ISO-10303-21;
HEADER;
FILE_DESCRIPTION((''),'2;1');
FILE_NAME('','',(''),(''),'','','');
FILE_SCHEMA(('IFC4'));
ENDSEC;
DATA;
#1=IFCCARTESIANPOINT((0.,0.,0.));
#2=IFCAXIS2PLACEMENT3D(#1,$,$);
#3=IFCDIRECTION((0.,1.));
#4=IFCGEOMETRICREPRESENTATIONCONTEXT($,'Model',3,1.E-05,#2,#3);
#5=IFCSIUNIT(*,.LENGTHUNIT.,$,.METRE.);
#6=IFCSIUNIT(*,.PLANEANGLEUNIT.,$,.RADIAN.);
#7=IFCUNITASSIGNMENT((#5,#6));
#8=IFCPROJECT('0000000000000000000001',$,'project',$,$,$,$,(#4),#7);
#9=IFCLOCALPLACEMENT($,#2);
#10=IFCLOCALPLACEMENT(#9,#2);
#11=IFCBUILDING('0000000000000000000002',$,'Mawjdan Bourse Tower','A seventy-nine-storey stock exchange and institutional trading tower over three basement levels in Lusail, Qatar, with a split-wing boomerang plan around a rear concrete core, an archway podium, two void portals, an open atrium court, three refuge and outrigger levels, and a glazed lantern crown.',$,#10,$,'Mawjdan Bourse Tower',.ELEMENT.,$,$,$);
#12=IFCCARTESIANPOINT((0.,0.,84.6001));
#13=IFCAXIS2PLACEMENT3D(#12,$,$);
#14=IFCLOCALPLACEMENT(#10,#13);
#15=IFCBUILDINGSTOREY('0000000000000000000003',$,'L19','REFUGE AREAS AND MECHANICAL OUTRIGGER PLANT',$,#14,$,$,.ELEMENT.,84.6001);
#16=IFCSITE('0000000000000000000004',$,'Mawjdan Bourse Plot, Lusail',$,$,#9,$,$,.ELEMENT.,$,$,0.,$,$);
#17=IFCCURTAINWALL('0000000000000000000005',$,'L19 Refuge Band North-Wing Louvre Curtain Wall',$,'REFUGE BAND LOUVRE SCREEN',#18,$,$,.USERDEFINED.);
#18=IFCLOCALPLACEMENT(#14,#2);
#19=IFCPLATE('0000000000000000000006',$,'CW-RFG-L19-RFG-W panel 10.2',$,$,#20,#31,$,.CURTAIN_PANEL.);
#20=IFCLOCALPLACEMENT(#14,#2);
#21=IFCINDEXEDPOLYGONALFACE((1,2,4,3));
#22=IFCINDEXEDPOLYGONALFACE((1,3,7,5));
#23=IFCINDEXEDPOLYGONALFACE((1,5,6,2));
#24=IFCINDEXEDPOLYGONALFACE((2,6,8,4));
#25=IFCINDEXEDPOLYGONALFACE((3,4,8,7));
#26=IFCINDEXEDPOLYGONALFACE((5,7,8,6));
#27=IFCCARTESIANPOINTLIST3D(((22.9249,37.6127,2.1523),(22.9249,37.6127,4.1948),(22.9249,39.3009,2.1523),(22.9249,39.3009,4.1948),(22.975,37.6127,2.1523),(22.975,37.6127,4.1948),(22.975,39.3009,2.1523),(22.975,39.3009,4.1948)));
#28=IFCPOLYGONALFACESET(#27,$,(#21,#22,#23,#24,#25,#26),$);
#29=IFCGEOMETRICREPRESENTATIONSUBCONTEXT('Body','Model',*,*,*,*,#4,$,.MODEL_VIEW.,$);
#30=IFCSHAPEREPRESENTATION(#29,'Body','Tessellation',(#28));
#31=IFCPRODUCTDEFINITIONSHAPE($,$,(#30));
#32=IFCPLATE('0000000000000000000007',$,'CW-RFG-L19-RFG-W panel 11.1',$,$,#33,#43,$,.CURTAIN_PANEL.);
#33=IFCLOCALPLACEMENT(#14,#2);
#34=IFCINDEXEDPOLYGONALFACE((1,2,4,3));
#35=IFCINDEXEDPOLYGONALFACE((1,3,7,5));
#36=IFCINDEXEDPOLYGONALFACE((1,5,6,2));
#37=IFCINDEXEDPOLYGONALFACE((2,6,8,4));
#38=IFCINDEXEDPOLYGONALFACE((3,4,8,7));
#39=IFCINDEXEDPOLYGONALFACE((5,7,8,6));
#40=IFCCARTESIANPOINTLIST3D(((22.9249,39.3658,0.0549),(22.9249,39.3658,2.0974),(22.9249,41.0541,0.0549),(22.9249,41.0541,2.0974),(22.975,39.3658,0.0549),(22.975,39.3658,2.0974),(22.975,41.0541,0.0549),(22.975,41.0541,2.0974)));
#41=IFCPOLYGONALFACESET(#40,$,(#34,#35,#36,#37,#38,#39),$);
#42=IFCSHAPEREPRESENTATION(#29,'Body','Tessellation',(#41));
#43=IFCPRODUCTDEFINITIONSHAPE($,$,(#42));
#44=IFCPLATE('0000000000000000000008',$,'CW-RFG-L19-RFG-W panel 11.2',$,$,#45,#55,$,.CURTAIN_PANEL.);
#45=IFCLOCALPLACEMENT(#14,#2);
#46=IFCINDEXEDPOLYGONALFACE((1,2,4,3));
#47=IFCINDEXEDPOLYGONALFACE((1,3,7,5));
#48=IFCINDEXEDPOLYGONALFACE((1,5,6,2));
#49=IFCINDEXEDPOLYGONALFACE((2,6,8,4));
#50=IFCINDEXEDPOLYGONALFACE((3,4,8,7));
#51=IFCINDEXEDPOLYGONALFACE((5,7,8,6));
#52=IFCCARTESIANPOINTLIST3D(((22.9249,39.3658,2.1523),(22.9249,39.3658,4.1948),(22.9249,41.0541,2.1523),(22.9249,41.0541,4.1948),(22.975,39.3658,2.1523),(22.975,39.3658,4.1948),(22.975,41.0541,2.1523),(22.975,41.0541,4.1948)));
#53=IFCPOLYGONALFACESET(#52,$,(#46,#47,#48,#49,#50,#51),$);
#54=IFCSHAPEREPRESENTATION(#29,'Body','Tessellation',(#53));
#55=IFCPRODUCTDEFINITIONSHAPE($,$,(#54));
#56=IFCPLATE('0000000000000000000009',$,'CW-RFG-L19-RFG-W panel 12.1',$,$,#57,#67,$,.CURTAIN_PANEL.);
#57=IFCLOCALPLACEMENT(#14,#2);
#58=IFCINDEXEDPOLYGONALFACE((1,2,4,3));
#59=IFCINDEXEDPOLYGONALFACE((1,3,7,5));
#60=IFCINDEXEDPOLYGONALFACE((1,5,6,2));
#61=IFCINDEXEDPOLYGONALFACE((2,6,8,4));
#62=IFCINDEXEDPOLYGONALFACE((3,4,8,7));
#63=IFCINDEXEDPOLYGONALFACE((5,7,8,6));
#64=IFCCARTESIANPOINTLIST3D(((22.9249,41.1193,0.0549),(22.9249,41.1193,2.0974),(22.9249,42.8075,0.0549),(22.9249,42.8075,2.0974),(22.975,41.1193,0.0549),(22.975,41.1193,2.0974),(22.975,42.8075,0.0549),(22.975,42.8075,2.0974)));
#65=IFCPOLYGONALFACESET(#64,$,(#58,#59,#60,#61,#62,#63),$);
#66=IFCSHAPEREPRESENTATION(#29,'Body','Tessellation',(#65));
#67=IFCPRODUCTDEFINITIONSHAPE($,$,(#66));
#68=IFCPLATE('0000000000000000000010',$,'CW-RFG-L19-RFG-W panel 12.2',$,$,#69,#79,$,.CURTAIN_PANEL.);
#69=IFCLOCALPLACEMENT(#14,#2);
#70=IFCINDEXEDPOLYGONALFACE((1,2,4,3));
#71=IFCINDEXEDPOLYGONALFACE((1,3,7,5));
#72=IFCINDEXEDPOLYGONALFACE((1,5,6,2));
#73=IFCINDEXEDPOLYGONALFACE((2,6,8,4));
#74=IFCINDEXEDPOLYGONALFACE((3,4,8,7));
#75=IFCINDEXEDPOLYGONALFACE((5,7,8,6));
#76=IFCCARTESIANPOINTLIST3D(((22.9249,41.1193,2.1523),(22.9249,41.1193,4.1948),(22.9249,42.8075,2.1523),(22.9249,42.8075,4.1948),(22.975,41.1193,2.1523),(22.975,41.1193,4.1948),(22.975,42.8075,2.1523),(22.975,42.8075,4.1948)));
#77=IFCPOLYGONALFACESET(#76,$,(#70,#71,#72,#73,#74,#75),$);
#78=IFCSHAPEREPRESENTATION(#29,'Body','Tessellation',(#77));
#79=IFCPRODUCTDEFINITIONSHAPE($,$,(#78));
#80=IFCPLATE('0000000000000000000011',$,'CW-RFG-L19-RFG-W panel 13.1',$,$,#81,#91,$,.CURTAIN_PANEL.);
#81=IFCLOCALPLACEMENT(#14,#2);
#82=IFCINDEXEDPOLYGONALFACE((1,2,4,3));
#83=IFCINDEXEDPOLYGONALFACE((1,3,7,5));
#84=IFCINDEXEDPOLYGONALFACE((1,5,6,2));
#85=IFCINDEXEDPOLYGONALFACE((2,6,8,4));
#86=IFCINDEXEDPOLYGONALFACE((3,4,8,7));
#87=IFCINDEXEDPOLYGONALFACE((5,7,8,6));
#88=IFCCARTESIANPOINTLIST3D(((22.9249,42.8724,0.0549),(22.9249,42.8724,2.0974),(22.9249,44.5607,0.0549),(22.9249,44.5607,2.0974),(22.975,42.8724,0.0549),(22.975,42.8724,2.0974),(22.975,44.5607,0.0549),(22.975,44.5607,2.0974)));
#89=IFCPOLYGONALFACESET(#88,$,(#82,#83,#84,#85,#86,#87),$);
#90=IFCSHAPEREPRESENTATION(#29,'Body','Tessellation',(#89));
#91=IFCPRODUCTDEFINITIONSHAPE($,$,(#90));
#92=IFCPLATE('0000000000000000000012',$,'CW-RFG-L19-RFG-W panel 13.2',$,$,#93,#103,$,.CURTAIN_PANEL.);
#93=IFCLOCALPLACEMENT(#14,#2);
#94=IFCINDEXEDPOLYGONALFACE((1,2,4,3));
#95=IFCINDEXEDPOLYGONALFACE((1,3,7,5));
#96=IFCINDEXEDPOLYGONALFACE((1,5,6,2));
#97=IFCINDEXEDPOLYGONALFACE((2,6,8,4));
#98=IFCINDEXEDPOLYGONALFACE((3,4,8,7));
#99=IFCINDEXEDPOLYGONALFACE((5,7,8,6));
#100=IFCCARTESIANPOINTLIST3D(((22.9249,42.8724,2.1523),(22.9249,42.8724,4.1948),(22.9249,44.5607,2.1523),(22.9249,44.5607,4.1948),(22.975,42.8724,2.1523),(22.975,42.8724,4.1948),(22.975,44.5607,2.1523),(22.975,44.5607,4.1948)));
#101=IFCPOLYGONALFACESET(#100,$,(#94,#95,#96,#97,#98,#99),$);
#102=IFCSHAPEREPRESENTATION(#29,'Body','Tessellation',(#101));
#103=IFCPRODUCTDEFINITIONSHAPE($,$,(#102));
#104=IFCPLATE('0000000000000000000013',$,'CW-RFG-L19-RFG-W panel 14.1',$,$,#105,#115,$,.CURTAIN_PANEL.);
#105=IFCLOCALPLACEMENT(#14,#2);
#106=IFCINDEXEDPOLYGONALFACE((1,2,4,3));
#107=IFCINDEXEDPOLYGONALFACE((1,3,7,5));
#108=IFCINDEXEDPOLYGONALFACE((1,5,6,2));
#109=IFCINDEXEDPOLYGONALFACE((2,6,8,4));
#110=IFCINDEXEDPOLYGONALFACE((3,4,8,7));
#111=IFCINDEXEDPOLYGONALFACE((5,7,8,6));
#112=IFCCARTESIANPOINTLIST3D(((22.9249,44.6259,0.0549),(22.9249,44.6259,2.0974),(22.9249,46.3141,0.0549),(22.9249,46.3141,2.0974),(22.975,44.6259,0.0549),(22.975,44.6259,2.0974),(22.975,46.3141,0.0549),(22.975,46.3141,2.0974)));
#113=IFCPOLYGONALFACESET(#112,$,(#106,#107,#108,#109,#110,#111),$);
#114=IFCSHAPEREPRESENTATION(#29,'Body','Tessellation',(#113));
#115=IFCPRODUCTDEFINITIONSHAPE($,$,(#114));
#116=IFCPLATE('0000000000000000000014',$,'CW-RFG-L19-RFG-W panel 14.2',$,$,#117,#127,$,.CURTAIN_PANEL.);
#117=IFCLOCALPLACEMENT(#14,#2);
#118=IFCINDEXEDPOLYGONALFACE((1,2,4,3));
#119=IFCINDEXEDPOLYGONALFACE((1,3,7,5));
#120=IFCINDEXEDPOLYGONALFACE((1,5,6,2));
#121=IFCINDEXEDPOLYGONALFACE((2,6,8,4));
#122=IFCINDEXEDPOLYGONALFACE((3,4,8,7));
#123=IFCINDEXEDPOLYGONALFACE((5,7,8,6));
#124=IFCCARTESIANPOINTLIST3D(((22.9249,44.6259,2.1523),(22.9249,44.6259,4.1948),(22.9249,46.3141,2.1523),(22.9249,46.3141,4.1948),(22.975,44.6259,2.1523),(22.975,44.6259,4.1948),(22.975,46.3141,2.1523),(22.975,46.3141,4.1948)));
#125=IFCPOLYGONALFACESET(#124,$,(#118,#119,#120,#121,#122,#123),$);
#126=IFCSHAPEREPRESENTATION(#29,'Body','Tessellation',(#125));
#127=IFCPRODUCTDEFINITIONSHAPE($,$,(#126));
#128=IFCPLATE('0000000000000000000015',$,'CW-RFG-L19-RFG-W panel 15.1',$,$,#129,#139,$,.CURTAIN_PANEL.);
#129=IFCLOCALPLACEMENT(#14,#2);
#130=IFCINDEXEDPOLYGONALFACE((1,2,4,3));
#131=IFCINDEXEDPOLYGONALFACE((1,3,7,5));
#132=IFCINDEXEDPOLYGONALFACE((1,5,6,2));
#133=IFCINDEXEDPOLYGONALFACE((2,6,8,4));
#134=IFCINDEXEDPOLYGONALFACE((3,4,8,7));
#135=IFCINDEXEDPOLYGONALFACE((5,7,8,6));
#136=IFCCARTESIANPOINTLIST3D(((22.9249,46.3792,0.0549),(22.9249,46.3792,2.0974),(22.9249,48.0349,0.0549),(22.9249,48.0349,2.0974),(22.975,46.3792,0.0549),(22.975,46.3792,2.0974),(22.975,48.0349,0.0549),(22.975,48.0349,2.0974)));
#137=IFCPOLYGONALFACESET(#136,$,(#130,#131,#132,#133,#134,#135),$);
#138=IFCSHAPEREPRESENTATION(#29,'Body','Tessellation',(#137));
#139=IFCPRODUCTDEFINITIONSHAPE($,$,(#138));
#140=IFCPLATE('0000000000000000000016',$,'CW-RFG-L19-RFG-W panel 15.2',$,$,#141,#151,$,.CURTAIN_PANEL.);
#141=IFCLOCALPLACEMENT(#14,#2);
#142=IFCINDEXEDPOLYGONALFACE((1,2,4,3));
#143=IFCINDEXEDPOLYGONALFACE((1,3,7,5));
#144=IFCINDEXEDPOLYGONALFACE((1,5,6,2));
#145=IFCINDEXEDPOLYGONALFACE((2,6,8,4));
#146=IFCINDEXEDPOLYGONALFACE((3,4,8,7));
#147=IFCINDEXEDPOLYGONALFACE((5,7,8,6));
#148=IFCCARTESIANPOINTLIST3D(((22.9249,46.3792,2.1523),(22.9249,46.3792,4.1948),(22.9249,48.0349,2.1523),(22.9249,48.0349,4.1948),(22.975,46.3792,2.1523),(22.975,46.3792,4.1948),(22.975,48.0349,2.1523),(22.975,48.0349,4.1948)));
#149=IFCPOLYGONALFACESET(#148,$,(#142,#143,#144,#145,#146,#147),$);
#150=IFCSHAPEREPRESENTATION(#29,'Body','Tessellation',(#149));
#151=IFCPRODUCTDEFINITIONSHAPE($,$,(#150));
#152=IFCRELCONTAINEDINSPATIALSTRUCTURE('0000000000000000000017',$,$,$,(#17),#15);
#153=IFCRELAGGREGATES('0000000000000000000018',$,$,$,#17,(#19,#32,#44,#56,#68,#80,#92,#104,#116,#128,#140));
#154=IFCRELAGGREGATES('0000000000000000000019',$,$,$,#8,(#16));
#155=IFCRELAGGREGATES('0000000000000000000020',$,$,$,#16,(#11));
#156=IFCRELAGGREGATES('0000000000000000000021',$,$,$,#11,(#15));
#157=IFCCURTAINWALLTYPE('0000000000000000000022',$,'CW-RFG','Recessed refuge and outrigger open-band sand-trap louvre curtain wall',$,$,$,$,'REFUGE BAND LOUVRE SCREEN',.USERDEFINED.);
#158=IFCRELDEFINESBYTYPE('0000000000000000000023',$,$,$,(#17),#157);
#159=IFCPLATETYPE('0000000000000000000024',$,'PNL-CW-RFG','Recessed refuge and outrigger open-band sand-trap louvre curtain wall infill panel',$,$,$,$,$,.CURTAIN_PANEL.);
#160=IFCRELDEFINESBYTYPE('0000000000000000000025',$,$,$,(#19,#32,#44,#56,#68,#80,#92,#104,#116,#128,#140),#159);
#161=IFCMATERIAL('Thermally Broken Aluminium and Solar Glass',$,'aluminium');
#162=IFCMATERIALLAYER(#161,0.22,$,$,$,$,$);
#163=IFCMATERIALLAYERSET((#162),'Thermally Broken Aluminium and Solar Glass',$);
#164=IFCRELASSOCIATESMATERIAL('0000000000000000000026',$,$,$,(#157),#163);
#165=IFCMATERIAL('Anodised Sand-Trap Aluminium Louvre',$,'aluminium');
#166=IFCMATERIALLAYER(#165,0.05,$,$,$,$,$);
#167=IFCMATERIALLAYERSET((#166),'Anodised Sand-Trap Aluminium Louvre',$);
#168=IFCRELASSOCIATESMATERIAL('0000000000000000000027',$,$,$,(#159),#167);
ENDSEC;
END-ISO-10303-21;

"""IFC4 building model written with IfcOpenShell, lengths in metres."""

from ifc_helpers import new_model, si_unit, direction, frame, origin, origin_2d, place, context, subcontext, project, spatial, rectangle, extrude, material, layer, layer_set, type_object, element, aggregate, save


model = new_model("IFC4")

# Units and contexts
model_context = context("Model", 3, precision=1e-05, world=origin(), true_north=direction((0.0, 1.0)))
body_context = subcontext(model_context, "Body", "Model", "MODEL_VIEW")
ifc_project = project(units=[si_unit("LENGTHUNIT", "METRE"), si_unit("PLANEANGLEUNIT", "RADIAN")], contexts=[model_context])

# Site, building, storey
site_placement = place(None, origin())
site = spatial("IfcSite", under=ifc_project, at=site_placement, Name="Mawjdan Bourse Plot, Lusail", CompositionType="ELEMENT", RefElevation=0.0)
building_placement = place(site_placement, origin())
building = spatial("IfcBuilding", under=site, at=building_placement, Name="Mawjdan Bourse Tower", Description="A seventy-nine-storey stock exchange and institutional trading tower over three basement levels in Lusail, Qatar, with a split-wing boomerang plan around a rear concrete core, an archway podium, two void portals, an open atrium court, three refuge and outrigger levels, and a glazed lantern crown.", LongName="Mawjdan Bourse Tower", CompositionType="ELEMENT")
storey_placement = place(building_placement, frame((0.0, 0.0, 84.6001)))
storey = spatial("IfcBuildingStorey", under=building, at=storey_placement, Name="L19", Description="REFUGE AREAS AND MECHANICAL OUTRIGGER PLANT", CompositionType="ELEMENT", Elevation=84.6001)

# Curtain wall
ifc_material_1 = material(Name="Thermally Broken Aluminium and Solar Glass", Category="aluminium")
ifc_layer_1 = layer(ifc_material_1, 0.22)
ifc_layer_set_1 = layer_set([ifc_layer_1], Name="Thermally Broken Aluminium and Solar Glass")
curtain_wall_type = type_object("IfcCurtainWallType", Name="CW-RFG", Description="Recessed refuge and outrigger open-band sand-trap louvre curtain wall", ElementType="REFUGE BAND LOUVRE SCREEN", PredefinedType="USERDEFINED", material=ifc_layer_set_1)
curtain_wall_placement = place(storey_placement, origin())
curtain_wall = element("IfcCurtainWall", 1, at=curtain_wall_placement, inside=storey, type_object=curtain_wall_type, Name="L19 Refuge Band North-Wing Louvre Curtain Wall", ObjectType="REFUGE BAND LOUVRE SCREEN", PredefinedType="USERDEFINED")

# Plates
ifc_material_2 = material(Name="Anodised Sand-Trap Aluminium Louvre", Category="aluminium")
ifc_layer_2 = layer(ifc_material_2, 0.05)
ifc_layer_set_2 = layer_set([ifc_layer_2], Name="Anodised Sand-Trap Aluminium Louvre")
plate_type = type_object("IfcPlateType", Name="PNL-CW-RFG", Description="Recessed refuge and outrigger open-band sand-trap louvre curtain wall infill panel", PredefinedType="CURTAIN_PANEL", material=ifc_layer_set_2)
plate_1_placement = place(storey_placement, frame((22.95, 38.4568, 2.1523), z_axis=(0.0, 0.0, 1.0), x_axis=(0.0, 1.0, 0.0)))
plate_1 = element("IfcPlate", 2, at=plate_1_placement, type_object=plate_type, Name="CW-RFG-L19-RFG-W panel 10.2", PredefinedType="CURTAIN_PANEL", context=body_context, shape_type="SweptSolid", body=[
    extrude(rectangle(XDim=1.6882, YDim=0.05, at=origin_2d()), origin(), (0.0, 0.0, 1.0), 2.0425),
])
plate_2_placement = place(storey_placement, frame((22.95, 40.21, 0.0549), z_axis=(0.0, 0.0, 1.0), x_axis=(0.0, 1.0, 0.0)))
plate_2 = element("IfcPlate", 3, at=plate_2_placement, type_object=plate_type, Name="CW-RFG-L19-RFG-W panel 11.1", PredefinedType="CURTAIN_PANEL", context=body_context, shape_type="SweptSolid", body=[
    extrude(rectangle(XDim=1.6882, YDim=0.05, at=origin_2d()), origin(), (0.0, 0.0, 1.0), 2.0425),
])
plate_3_placement = place(storey_placement, frame((22.95, 40.21, 2.1523), z_axis=(0.0, 0.0, 1.0), x_axis=(0.0, 1.0, 0.0)))
plate_3 = element("IfcPlate", 4, at=plate_3_placement, type_object=plate_type, Name="CW-RFG-L19-RFG-W panel 11.2", PredefinedType="CURTAIN_PANEL", context=body_context, shape_type="SweptSolid", body=[
    extrude(rectangle(XDim=1.6882, YDim=0.05, at=origin_2d()), origin(), (0.0, 0.0, 1.0), 2.0425),
])
plate_4_placement = place(storey_placement, frame((22.95, 41.9634, 0.0549), z_axis=(0.0, 0.0, 1.0), x_axis=(0.0, 1.0, 0.0)))
plate_4 = element("IfcPlate", 5, at=plate_4_placement, type_object=plate_type, Name="CW-RFG-L19-RFG-W panel 12.1", PredefinedType="CURTAIN_PANEL", context=body_context, shape_type="SweptSolid", body=[
    extrude(rectangle(XDim=1.6882, YDim=0.05, at=origin_2d()), origin(), (0.0, 0.0, 1.0), 2.0425),
])
plate_5_placement = place(storey_placement, frame((22.95, 41.9634, 2.1523), z_axis=(0.0, 0.0, 1.0), x_axis=(0.0, 1.0, 0.0)))
plate_5 = element("IfcPlate", 6, at=plate_5_placement, type_object=plate_type, Name="CW-RFG-L19-RFG-W panel 12.2", PredefinedType="CURTAIN_PANEL", context=body_context, shape_type="SweptSolid", body=[
    extrude(rectangle(XDim=1.6882, YDim=0.05, at=origin_2d()), origin(), (0.0, 0.0, 1.0), 2.0425),
])
plate_6_placement = place(storey_placement, frame((22.95, 43.7166, 0.0549), z_axis=(0.0, 0.0, 1.0), x_axis=(0.0, 1.0, 0.0)))
plate_6 = element("IfcPlate", 7, at=plate_6_placement, type_object=plate_type, Name="CW-RFG-L19-RFG-W panel 13.1", PredefinedType="CURTAIN_PANEL", context=body_context, shape_type="SweptSolid", body=[
    extrude(rectangle(XDim=1.6882, YDim=0.05, at=origin_2d()), origin(), (0.0, 0.0, 1.0), 2.0425),
])
plate_7_placement = place(storey_placement, frame((22.95, 43.7166, 2.1523), z_axis=(0.0, 0.0, 1.0), x_axis=(0.0, 1.0, 0.0)))
plate_7 = element("IfcPlate", 8, at=plate_7_placement, type_object=plate_type, Name="CW-RFG-L19-RFG-W panel 13.2", PredefinedType="CURTAIN_PANEL", context=body_context, shape_type="SweptSolid", body=[
    extrude(rectangle(XDim=1.6882, YDim=0.05, at=origin_2d()), origin(), (0.0, 0.0, 1.0), 2.0425),
])
plate_8_placement = place(storey_placement, frame((22.95, 45.47, 0.0549), z_axis=(0.0, 0.0, 1.0), x_axis=(0.0, 1.0, 0.0)))
plate_8 = element("IfcPlate", 9, at=plate_8_placement, type_object=plate_type, Name="CW-RFG-L19-RFG-W panel 14.1", PredefinedType="CURTAIN_PANEL", context=body_context, shape_type="SweptSolid", body=[
    extrude(rectangle(XDim=1.6882, YDim=0.05, at=origin_2d()), origin(), (0.0, 0.0, 1.0), 2.0425),
])
plate_9_placement = place(storey_placement, frame((22.95, 45.47, 2.1523), z_axis=(0.0, 0.0, 1.0), x_axis=(0.0, 1.0, 0.0)))
plate_9 = element("IfcPlate", 10, at=plate_9_placement, type_object=plate_type, Name="CW-RFG-L19-RFG-W panel 14.2", PredefinedType="CURTAIN_PANEL", context=body_context, shape_type="SweptSolid", body=[
    extrude(rectangle(XDim=1.6882, YDim=0.05, at=origin_2d()), origin(), (0.0, 0.0, 1.0), 2.0425),
])
plate_10_placement = place(storey_placement, frame((22.95, 47.207, 0.0549), z_axis=(0.0, 0.0, 1.0), x_axis=(0.0, 1.0, 0.0)))
plate_10 = element("IfcPlate", 11, at=plate_10_placement, type_object=plate_type, Name="CW-RFG-L19-RFG-W panel 15.1", PredefinedType="CURTAIN_PANEL", context=body_context, shape_type="SweptSolid", body=[
    extrude(rectangle(XDim=1.6558, YDim=0.05, at=origin_2d()), origin(), (0.0, 0.0, 1.0), 2.0425),
])
plate_11_placement = place(storey_placement, frame((22.95, 47.207, 2.1523), z_axis=(0.0, 0.0, 1.0), x_axis=(0.0, 1.0, 0.0)))
plate_11 = element("IfcPlate", 12, at=plate_11_placement, type_object=plate_type, Name="CW-RFG-L19-RFG-W panel 15.2", PredefinedType="CURTAIN_PANEL", context=body_context, shape_type="SweptSolid", body=[
    extrude(rectangle(XDim=1.6558, YDim=0.05, at=origin_2d()), origin(), (0.0, 0.0, 1.0), 2.0425),
])
aggregate(curtain_wall, [plate_1, plate_2, plate_3, plate_4, plate_5, plate_6, plate_7, plate_8, plate_9, plate_10, plate_11])

save(model, "model.ifc")
